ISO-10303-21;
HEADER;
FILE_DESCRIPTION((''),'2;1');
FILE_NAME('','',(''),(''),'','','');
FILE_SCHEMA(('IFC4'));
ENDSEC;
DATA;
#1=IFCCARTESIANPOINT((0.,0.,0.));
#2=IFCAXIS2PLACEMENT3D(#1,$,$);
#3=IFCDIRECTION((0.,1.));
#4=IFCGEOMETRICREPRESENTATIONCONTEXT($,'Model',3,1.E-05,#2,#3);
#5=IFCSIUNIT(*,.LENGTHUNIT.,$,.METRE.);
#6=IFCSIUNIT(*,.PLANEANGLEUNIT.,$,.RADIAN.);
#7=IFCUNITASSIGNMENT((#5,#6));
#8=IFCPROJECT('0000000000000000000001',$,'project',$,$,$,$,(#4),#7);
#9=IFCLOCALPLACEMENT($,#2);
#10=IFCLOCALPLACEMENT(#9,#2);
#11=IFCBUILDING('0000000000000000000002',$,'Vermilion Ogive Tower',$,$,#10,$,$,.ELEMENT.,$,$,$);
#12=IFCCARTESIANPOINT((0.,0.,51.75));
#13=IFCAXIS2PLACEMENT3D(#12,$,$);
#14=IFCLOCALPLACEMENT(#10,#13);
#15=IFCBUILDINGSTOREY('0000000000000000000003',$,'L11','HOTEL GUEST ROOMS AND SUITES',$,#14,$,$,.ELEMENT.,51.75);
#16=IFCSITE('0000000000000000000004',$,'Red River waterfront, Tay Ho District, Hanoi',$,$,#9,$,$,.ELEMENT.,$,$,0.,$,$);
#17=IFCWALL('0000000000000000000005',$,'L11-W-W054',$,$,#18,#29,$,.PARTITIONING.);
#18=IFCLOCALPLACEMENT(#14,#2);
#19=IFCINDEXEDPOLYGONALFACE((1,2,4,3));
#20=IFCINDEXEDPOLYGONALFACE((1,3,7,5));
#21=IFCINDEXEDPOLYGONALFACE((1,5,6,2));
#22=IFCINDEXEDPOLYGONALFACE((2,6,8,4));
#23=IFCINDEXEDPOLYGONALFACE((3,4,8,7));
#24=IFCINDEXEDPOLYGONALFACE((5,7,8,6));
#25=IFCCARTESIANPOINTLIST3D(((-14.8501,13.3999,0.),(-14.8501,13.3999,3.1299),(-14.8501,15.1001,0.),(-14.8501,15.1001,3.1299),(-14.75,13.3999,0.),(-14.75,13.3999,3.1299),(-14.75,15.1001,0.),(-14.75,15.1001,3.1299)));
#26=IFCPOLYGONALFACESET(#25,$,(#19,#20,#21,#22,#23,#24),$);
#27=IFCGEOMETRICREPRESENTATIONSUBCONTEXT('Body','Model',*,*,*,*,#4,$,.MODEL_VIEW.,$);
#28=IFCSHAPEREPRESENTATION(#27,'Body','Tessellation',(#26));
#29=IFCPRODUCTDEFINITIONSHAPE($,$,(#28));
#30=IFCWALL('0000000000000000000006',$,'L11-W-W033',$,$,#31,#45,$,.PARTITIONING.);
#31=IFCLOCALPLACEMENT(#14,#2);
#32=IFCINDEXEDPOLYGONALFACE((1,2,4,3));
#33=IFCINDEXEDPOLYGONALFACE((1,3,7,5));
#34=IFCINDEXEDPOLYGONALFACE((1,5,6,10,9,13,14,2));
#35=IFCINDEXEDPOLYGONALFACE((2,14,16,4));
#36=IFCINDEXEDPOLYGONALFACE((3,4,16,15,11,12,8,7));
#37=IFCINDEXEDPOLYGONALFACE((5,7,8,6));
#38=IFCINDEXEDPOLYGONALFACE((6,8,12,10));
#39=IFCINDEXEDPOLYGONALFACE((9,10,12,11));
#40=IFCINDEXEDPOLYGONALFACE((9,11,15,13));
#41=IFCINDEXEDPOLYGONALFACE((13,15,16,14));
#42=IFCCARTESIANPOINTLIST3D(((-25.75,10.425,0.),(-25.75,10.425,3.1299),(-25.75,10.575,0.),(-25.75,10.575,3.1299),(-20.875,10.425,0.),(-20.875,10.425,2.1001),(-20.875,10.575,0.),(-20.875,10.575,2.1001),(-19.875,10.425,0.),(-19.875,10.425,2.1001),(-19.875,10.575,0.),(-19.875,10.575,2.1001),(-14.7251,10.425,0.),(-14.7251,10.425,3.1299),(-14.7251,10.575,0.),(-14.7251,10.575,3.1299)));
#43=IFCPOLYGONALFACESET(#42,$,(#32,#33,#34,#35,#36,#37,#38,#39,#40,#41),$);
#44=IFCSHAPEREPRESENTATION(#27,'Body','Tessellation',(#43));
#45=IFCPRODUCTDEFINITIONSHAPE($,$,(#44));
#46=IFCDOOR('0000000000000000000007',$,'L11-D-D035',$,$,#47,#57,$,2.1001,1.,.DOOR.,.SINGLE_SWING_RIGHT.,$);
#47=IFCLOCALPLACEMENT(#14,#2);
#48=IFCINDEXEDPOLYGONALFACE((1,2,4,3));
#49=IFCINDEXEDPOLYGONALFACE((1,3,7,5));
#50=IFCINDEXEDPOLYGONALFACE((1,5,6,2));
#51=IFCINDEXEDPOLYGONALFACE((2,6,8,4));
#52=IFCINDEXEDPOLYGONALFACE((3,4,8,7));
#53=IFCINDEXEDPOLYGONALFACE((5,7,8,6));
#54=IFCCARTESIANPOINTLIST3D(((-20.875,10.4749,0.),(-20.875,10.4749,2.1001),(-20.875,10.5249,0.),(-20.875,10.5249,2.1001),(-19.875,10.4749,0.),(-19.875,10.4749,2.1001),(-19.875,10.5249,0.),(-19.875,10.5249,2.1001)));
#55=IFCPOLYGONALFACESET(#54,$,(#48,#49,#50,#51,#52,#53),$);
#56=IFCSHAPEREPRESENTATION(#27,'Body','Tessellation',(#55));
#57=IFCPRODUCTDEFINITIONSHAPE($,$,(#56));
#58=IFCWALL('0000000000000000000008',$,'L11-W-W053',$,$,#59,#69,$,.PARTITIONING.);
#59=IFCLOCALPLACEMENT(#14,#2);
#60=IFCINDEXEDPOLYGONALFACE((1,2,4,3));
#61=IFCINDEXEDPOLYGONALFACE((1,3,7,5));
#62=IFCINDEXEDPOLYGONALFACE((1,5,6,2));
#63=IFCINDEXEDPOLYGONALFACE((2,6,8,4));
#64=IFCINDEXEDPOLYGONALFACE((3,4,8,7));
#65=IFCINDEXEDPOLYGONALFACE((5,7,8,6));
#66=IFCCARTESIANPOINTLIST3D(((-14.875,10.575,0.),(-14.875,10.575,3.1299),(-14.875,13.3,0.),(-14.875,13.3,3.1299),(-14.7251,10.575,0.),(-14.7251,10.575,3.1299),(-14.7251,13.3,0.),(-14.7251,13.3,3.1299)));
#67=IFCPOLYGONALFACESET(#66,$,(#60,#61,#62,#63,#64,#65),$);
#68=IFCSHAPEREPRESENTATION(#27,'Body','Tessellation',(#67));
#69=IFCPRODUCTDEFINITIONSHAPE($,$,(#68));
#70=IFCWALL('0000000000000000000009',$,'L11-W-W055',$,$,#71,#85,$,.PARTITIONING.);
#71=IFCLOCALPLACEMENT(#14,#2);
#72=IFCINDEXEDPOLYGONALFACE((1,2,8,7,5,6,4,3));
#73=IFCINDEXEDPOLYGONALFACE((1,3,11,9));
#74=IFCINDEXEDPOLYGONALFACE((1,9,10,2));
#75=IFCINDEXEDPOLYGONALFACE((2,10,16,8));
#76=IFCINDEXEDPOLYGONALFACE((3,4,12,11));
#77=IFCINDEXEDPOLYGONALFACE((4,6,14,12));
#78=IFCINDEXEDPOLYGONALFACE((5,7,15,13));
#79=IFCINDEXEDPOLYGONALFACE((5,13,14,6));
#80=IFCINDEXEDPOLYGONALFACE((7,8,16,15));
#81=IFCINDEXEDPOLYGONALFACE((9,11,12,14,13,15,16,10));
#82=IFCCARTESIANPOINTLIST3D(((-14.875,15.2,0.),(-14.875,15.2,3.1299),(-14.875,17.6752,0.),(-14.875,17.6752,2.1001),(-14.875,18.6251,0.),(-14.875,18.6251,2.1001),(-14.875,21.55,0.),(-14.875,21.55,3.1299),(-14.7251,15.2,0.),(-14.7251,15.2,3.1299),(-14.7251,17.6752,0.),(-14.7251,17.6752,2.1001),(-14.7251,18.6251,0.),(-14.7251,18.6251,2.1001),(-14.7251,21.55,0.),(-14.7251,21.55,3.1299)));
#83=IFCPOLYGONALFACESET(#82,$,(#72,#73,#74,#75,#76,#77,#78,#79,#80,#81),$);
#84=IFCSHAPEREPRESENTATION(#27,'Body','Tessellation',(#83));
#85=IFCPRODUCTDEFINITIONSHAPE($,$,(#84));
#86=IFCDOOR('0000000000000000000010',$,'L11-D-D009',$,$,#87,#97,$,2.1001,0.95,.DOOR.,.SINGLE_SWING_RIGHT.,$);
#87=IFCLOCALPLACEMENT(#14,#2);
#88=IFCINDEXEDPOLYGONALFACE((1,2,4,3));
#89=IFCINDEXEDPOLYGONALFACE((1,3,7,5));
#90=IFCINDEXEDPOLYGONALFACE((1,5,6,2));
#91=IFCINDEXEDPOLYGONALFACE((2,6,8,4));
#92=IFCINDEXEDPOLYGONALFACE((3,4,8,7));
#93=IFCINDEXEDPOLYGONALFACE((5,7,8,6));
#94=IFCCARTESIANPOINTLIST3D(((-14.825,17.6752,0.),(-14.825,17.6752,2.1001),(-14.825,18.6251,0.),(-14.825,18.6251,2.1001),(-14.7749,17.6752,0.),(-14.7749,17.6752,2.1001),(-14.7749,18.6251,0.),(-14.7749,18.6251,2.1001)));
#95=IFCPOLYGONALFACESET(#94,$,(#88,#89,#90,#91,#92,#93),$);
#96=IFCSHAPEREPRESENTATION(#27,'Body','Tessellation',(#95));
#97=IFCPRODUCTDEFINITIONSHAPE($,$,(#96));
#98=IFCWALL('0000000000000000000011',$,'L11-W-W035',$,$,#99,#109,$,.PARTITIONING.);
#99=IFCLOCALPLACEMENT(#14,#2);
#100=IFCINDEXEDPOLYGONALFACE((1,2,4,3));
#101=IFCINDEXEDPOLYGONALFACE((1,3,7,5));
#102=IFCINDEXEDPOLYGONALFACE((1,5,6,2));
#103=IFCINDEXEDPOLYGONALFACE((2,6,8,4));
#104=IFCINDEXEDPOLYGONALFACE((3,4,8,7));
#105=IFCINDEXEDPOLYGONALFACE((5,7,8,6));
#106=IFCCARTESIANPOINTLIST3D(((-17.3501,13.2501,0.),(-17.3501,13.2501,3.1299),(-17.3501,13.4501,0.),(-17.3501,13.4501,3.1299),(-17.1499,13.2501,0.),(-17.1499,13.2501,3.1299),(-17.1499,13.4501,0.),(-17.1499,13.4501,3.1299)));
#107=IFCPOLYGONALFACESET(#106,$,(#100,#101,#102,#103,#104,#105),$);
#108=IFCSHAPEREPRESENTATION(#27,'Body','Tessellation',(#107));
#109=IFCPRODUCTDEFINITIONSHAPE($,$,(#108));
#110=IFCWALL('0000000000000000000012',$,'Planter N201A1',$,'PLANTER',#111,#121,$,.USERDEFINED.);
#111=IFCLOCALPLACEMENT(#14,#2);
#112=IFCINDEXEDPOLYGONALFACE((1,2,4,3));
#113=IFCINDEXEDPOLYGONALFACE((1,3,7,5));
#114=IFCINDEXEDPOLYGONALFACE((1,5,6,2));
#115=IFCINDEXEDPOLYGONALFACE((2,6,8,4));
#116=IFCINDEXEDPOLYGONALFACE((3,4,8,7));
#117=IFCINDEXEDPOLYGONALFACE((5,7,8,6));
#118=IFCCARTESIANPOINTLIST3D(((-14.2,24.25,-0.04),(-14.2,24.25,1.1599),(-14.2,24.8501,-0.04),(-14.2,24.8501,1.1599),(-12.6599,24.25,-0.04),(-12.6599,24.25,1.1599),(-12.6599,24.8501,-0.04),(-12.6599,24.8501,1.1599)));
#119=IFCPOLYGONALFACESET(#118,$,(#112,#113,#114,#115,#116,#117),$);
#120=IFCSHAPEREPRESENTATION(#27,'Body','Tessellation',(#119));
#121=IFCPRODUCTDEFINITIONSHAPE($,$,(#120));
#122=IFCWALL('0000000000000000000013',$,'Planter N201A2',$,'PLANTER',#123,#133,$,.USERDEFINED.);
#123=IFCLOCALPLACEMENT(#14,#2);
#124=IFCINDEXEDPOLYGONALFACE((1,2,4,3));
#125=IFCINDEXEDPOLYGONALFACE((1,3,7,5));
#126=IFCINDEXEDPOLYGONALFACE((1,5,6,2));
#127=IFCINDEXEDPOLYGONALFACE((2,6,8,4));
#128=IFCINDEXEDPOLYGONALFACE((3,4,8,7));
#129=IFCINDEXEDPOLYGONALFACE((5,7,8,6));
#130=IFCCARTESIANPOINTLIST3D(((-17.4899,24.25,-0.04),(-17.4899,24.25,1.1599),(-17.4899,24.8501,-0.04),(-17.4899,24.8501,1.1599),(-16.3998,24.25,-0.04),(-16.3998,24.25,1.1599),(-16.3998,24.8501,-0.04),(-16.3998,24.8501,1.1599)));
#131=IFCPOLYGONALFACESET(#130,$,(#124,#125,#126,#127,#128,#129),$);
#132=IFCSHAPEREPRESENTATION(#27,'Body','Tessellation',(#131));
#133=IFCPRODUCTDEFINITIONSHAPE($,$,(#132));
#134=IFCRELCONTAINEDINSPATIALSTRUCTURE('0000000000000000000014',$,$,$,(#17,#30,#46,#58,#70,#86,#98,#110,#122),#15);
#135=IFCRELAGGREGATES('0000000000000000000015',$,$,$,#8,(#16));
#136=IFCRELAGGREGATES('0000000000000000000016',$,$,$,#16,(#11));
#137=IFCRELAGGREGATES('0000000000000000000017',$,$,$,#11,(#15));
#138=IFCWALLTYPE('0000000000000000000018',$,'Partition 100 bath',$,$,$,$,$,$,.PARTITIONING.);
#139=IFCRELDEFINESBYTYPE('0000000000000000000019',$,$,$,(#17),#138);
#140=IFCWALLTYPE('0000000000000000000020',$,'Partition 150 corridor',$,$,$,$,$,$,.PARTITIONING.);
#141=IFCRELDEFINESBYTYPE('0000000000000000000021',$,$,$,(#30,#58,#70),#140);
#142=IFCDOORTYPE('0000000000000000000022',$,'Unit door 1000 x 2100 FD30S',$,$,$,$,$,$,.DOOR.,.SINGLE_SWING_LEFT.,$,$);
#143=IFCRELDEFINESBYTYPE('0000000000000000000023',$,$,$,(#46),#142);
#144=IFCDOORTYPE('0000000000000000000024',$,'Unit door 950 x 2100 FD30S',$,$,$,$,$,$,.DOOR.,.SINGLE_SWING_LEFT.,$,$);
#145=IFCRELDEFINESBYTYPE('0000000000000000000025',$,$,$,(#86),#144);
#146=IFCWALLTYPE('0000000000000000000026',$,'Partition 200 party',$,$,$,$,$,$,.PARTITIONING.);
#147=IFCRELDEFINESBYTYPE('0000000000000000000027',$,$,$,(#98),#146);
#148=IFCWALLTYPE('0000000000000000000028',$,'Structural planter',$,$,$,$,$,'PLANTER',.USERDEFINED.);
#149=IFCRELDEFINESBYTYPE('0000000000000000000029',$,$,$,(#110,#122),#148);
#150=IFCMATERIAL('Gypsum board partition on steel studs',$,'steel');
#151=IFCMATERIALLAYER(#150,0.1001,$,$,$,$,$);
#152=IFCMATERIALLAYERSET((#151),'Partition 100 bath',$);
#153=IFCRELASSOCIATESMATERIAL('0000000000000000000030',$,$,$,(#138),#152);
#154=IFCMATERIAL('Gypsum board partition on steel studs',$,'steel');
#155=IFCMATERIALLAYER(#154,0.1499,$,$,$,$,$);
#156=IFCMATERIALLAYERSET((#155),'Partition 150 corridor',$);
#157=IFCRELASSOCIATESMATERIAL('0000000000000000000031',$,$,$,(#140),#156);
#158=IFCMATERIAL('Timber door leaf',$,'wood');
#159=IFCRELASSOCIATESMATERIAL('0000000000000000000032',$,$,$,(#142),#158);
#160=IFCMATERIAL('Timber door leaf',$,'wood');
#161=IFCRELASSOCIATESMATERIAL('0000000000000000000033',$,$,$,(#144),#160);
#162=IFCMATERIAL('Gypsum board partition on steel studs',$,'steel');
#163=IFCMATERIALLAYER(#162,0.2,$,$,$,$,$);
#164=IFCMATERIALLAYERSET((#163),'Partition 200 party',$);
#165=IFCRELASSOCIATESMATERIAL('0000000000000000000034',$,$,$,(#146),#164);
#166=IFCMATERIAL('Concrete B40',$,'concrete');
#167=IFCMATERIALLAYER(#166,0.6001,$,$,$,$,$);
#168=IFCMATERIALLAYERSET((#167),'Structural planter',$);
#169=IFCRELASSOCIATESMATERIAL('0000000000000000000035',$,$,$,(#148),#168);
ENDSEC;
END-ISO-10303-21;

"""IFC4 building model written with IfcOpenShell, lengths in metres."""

from ifc_helpers import new_model, si_unit, direction, frame, frame_2d, origin, place, context, subcontext, project, spatial, rectangle, extrude, material, layer, layer_set, type_object, element, fill, save


model = new_model("IFC4")

# Units and contexts
model_context = context("Model", 3, precision=1e-05, world=origin(), true_north=direction((0.0, 1.0)))
body_context = subcontext(model_context, "Body", "Model", "MODEL_VIEW")
ifc_project = project(units=[si_unit("LENGTHUNIT", "METRE"), si_unit("PLANEANGLEUNIT", "RADIAN")], contexts=[model_context])

# Site, building, storey
site_placement = place(None, origin())
site = spatial("IfcSite", under=ifc_project, at=site_placement, Name="Red River waterfront, Tay Ho District, Hanoi", CompositionType="ELEMENT", RefElevation=0.0)
building_placement = place(site_placement, origin())
building = spatial("IfcBuilding", under=site, at=building_placement, Name="Vermilion Ogive Tower", CompositionType="ELEMENT")
storey_placement = place(building_placement, frame((0.0, 0.0, 51.75)))
storey = spatial("IfcBuildingStorey", under=building, at=storey_placement, Name="L11", Description="HOTEL GUEST ROOMS AND SUITES", CompositionType="ELEMENT", Elevation=51.75)

# Shared definitions
ifc_material_1 = material(Name="Gypsum board partition on steel studs", Category="steel")
ifc_layer_1 = layer(ifc_material_1, 0.1001)
ifc_layer_set_1 = layer_set([ifc_layer_1], Name="Partition 100 bath")
wall_type_1 = type_object("IfcWallType", Name="Partition 100 bath", PredefinedType="PARTITIONING", material=ifc_layer_set_1)

# Wall
wall_1_placement = place(storey_placement, frame((-14.8, 13.3999, 0.0), z_axis=(0.0, 0.0, 1.0), x_axis=(0.0, 1.0, 0.0)))
element("IfcWall", 1, at=wall_1_placement, inside=storey, type_object=wall_type_1, Name="L11-W-W054", PredefinedType="PARTITIONING", context=body_context, shape_type="SweptSolid", body=[
    extrude(rectangle(XDim=1.7002, YDim=0.1001, at=frame_2d((0.8501, 0.0))), origin(), (0.0, 0.0, 1.0), 3.1299),
])

# Wall, opening, door
ifc_material_2 = material(Name="Gypsum board partition on steel studs", Category="steel")
ifc_layer_2 = layer(ifc_material_2, 0.1499)
ifc_layer_set_2 = layer_set([ifc_layer_2], Name="Partition 150 corridor")
wall_type_2 = type_object("IfcWallType", Name="Partition 150 corridor", PredefinedType="PARTITIONING", material=ifc_layer_set_2)
wall_2_placement = place(storey_placement, frame((-25.75, 10.5, 0.0), z_axis=(0.0, 0.0, 1.0), x_axis=(1.0, 0.0, 0.0)))
wall_2 = element("IfcWall", 2, at=wall_2_placement, inside=storey, type_object=wall_type_2, Name="L11-W-W033", PredefinedType="PARTITIONING", context=body_context, shape_type="SweptSolid", body=[
    extrude(rectangle(XDim=11.0249, YDim=0.1499, at=frame_2d((5.5125, 0.0))), origin(), (0.0, 0.0, 1.0), 3.1299),
])
opening_1_placement = place(wall_2_placement, frame((4.875, 0.0, 0.0)))
opening_1 = element("IfcOpeningElement", 3, at=opening_1_placement, cuts=wall_2, PredefinedType="OPENING", context=body_context, shape_type="SweptSolid", body=[
    extrude(rectangle(XDim=1.0, YDim=2.1001, at=frame_2d((0.5, 1.05))), frame((0.0, 0.085, 0.0), z_axis=(0.0, -1.0, 0.0), x_axis=(1.0, 0.0, 0.0)), (0.0, 0.0, 1.0), 0.1699),
])
ifc_material_3 = material(Name="Timber door leaf", Category="wood")
door_type_1 = type_object("IfcDoorType", Name="Unit door 1000 x 2100 FD30S", OperationType="SINGLE_SWING_LEFT", PredefinedType="DOOR", material=ifc_material_3)
door_1_placement = place(opening_1_placement, origin())
door_1 = element("IfcDoor", 4, at=door_1_placement, inside=storey, type_object=door_type_1, Name="L11-D-D035", OperationType="SINGLE_SWING_RIGHT", OverallHeight=2.1001, OverallWidth=1.0, PredefinedType="DOOR", context=body_context, shape_type="SweptSolid", body=[
    extrude(rectangle(XDim=1.0, YDim=2.1001, at=frame_2d((0.5, 1.05))), frame((0.0, 0.0249, 0.0), z_axis=(0.0, -1.0, 0.0), x_axis=(1.0, 0.0, 0.0)), (0.0, 0.0, 1.0), 0.05),
])
fill(opening_1, door_1)

# Wall
wall_3_placement = place(storey_placement, frame((-14.8, 10.575, 0.0), z_axis=(0.0, 0.0, 1.0), x_axis=(0.0, 1.0, 0.0)))
element("IfcWall", 5, at=wall_3_placement, inside=storey, type_object=wall_type_2, Name="L11-W-W053", PredefinedType="PARTITIONING", context=body_context, shape_type="SweptSolid", body=[
    extrude(rectangle(XDim=2.7251, YDim=0.1499, at=frame_2d((1.3625, 0.0))), origin(), (0.0, 0.0, 1.0), 3.1299),
])

# Wall, opening, door
wall_4_placement = place(storey_placement, frame((-14.8, 15.2, 0.0), z_axis=(0.0, 0.0, 1.0), x_axis=(0.0, 1.0, 0.0)))
wall_4 = element("IfcWall", 6, at=wall_4_placement, inside=storey, type_object=wall_type_2, Name="L11-W-W055", PredefinedType="PARTITIONING", context=body_context, shape_type="SweptSolid", body=[
    extrude(rectangle(XDim=6.3501, YDim=0.1499, at=frame_2d((3.175, 0.0))), origin(), (0.0, 0.0, 1.0), 3.1299),
])
opening_2_placement = place(wall_4_placement, frame((2.4751, 0.0, 0.0)))
opening_2 = element("IfcOpeningElement", 7, at=opening_2_placement, cuts=wall_4, PredefinedType="OPENING", context=body_context, shape_type="SweptSolid", body=[
    extrude(rectangle(XDim=0.95, YDim=2.1001, at=frame_2d((0.4751, 1.05))), frame((0.0, 0.085, 0.0), z_axis=(0.0, -1.0, 0.0), x_axis=(1.0, 0.0, 0.0)), (0.0, 0.0, 1.0), 0.1699),
])
ifc_material_4 = material(Name="Timber door leaf", Category="wood")
door_type_2 = type_object("IfcDoorType", Name="Unit door 950 x 2100 FD30S", OperationType="SINGLE_SWING_LEFT", PredefinedType="DOOR", material=ifc_material_4)
door_2_placement = place(opening_2_placement, origin())
door_2 = element("IfcDoor", 8, at=door_2_placement, inside=storey, type_object=door_type_2, Name="L11-D-D009", OperationType="SINGLE_SWING_RIGHT", OverallHeight=2.1001, OverallWidth=0.95, PredefinedType="DOOR", context=body_context, shape_type="SweptSolid", body=[
    extrude(rectangle(XDim=0.95, YDim=2.1001, at=frame_2d((0.4751, 1.05))), frame((0.0, 0.0249, 0.0), z_axis=(0.0, -1.0, 0.0), x_axis=(1.0, 0.0, 0.0)), (0.0, 0.0, 1.0), 0.05),
])
fill(opening_2, door_2)

# Walls
ifc_material_5 = material(Name="Gypsum board partition on steel studs", Category="steel")
ifc_layer_3 = layer(ifc_material_5, 0.2)
ifc_layer_set_3 = layer_set([ifc_layer_3], Name="Partition 200 party")
wall_type_3 = type_object("IfcWallType", Name="Partition 200 party", PredefinedType="PARTITIONING", material=ifc_layer_set_3)
wall_5_placement = place(storey_placement, frame((-17.3501, 13.3501, 0.0), z_axis=(0.0, 0.0, 1.0), x_axis=(1.0, 0.0, 0.0)))
element("IfcWall", 9, at=wall_5_placement, inside=storey, type_object=wall_type_3, Name="L11-W-W035", PredefinedType="PARTITIONING", context=body_context, shape_type="SweptSolid", body=[
    extrude(rectangle(XDim=0.2002, YDim=0.2, at=frame_2d((0.1001, 0.0))), origin(), (0.0, 0.0, 1.0), 3.1299),
])
ifc_material_6 = material(Name="Concrete B40", Category="concrete")
ifc_layer_4 = layer(ifc_material_6, 0.6001)
ifc_layer_set_4 = layer_set([ifc_layer_4], Name="Structural planter")
wall_type_4 = type_object("IfcWallType", Name="Structural planter", ElementType="PLANTER", PredefinedType="USERDEFINED", material=ifc_layer_set_4)
wall_6_placement = place(storey_placement, frame((-12.6599, 24.55, -0.04), z_axis=(0.0, 0.0, 1.0), x_axis=(-1.0, 0.0, 0.0)))
element("IfcWall", 10, at=wall_6_placement, inside=storey, type_object=wall_type_4, Name="Planter N201A1", ObjectType="PLANTER", PredefinedType="USERDEFINED", context=body_context, shape_type="SweptSolid", body=[
    extrude(rectangle(XDim=1.54, YDim=0.6001, at=frame_2d((0.77, 0.0))), origin(), (0.0, 0.0, 1.0), 1.2),
])
wall_7_placement = place(storey_placement, frame((-16.3999, 24.55, -0.04), z_axis=(0.0, 0.0, 1.0), x_axis=(-1.0, 0.0, 0.0)))
element("IfcWall", 11, at=wall_7_placement, inside=storey, type_object=wall_type_4, Name="Planter N201A2", ObjectType="PLANTER", PredefinedType="USERDEFINED", context=body_context, shape_type="SweptSolid", body=[
    extrude(rectangle(XDim=1.0901, YDim=0.6001, at=frame_2d((0.5449, 0.0))), origin(), (0.0, 0.0, 1.0), 1.2),
])

save(model, "model.ifc")
